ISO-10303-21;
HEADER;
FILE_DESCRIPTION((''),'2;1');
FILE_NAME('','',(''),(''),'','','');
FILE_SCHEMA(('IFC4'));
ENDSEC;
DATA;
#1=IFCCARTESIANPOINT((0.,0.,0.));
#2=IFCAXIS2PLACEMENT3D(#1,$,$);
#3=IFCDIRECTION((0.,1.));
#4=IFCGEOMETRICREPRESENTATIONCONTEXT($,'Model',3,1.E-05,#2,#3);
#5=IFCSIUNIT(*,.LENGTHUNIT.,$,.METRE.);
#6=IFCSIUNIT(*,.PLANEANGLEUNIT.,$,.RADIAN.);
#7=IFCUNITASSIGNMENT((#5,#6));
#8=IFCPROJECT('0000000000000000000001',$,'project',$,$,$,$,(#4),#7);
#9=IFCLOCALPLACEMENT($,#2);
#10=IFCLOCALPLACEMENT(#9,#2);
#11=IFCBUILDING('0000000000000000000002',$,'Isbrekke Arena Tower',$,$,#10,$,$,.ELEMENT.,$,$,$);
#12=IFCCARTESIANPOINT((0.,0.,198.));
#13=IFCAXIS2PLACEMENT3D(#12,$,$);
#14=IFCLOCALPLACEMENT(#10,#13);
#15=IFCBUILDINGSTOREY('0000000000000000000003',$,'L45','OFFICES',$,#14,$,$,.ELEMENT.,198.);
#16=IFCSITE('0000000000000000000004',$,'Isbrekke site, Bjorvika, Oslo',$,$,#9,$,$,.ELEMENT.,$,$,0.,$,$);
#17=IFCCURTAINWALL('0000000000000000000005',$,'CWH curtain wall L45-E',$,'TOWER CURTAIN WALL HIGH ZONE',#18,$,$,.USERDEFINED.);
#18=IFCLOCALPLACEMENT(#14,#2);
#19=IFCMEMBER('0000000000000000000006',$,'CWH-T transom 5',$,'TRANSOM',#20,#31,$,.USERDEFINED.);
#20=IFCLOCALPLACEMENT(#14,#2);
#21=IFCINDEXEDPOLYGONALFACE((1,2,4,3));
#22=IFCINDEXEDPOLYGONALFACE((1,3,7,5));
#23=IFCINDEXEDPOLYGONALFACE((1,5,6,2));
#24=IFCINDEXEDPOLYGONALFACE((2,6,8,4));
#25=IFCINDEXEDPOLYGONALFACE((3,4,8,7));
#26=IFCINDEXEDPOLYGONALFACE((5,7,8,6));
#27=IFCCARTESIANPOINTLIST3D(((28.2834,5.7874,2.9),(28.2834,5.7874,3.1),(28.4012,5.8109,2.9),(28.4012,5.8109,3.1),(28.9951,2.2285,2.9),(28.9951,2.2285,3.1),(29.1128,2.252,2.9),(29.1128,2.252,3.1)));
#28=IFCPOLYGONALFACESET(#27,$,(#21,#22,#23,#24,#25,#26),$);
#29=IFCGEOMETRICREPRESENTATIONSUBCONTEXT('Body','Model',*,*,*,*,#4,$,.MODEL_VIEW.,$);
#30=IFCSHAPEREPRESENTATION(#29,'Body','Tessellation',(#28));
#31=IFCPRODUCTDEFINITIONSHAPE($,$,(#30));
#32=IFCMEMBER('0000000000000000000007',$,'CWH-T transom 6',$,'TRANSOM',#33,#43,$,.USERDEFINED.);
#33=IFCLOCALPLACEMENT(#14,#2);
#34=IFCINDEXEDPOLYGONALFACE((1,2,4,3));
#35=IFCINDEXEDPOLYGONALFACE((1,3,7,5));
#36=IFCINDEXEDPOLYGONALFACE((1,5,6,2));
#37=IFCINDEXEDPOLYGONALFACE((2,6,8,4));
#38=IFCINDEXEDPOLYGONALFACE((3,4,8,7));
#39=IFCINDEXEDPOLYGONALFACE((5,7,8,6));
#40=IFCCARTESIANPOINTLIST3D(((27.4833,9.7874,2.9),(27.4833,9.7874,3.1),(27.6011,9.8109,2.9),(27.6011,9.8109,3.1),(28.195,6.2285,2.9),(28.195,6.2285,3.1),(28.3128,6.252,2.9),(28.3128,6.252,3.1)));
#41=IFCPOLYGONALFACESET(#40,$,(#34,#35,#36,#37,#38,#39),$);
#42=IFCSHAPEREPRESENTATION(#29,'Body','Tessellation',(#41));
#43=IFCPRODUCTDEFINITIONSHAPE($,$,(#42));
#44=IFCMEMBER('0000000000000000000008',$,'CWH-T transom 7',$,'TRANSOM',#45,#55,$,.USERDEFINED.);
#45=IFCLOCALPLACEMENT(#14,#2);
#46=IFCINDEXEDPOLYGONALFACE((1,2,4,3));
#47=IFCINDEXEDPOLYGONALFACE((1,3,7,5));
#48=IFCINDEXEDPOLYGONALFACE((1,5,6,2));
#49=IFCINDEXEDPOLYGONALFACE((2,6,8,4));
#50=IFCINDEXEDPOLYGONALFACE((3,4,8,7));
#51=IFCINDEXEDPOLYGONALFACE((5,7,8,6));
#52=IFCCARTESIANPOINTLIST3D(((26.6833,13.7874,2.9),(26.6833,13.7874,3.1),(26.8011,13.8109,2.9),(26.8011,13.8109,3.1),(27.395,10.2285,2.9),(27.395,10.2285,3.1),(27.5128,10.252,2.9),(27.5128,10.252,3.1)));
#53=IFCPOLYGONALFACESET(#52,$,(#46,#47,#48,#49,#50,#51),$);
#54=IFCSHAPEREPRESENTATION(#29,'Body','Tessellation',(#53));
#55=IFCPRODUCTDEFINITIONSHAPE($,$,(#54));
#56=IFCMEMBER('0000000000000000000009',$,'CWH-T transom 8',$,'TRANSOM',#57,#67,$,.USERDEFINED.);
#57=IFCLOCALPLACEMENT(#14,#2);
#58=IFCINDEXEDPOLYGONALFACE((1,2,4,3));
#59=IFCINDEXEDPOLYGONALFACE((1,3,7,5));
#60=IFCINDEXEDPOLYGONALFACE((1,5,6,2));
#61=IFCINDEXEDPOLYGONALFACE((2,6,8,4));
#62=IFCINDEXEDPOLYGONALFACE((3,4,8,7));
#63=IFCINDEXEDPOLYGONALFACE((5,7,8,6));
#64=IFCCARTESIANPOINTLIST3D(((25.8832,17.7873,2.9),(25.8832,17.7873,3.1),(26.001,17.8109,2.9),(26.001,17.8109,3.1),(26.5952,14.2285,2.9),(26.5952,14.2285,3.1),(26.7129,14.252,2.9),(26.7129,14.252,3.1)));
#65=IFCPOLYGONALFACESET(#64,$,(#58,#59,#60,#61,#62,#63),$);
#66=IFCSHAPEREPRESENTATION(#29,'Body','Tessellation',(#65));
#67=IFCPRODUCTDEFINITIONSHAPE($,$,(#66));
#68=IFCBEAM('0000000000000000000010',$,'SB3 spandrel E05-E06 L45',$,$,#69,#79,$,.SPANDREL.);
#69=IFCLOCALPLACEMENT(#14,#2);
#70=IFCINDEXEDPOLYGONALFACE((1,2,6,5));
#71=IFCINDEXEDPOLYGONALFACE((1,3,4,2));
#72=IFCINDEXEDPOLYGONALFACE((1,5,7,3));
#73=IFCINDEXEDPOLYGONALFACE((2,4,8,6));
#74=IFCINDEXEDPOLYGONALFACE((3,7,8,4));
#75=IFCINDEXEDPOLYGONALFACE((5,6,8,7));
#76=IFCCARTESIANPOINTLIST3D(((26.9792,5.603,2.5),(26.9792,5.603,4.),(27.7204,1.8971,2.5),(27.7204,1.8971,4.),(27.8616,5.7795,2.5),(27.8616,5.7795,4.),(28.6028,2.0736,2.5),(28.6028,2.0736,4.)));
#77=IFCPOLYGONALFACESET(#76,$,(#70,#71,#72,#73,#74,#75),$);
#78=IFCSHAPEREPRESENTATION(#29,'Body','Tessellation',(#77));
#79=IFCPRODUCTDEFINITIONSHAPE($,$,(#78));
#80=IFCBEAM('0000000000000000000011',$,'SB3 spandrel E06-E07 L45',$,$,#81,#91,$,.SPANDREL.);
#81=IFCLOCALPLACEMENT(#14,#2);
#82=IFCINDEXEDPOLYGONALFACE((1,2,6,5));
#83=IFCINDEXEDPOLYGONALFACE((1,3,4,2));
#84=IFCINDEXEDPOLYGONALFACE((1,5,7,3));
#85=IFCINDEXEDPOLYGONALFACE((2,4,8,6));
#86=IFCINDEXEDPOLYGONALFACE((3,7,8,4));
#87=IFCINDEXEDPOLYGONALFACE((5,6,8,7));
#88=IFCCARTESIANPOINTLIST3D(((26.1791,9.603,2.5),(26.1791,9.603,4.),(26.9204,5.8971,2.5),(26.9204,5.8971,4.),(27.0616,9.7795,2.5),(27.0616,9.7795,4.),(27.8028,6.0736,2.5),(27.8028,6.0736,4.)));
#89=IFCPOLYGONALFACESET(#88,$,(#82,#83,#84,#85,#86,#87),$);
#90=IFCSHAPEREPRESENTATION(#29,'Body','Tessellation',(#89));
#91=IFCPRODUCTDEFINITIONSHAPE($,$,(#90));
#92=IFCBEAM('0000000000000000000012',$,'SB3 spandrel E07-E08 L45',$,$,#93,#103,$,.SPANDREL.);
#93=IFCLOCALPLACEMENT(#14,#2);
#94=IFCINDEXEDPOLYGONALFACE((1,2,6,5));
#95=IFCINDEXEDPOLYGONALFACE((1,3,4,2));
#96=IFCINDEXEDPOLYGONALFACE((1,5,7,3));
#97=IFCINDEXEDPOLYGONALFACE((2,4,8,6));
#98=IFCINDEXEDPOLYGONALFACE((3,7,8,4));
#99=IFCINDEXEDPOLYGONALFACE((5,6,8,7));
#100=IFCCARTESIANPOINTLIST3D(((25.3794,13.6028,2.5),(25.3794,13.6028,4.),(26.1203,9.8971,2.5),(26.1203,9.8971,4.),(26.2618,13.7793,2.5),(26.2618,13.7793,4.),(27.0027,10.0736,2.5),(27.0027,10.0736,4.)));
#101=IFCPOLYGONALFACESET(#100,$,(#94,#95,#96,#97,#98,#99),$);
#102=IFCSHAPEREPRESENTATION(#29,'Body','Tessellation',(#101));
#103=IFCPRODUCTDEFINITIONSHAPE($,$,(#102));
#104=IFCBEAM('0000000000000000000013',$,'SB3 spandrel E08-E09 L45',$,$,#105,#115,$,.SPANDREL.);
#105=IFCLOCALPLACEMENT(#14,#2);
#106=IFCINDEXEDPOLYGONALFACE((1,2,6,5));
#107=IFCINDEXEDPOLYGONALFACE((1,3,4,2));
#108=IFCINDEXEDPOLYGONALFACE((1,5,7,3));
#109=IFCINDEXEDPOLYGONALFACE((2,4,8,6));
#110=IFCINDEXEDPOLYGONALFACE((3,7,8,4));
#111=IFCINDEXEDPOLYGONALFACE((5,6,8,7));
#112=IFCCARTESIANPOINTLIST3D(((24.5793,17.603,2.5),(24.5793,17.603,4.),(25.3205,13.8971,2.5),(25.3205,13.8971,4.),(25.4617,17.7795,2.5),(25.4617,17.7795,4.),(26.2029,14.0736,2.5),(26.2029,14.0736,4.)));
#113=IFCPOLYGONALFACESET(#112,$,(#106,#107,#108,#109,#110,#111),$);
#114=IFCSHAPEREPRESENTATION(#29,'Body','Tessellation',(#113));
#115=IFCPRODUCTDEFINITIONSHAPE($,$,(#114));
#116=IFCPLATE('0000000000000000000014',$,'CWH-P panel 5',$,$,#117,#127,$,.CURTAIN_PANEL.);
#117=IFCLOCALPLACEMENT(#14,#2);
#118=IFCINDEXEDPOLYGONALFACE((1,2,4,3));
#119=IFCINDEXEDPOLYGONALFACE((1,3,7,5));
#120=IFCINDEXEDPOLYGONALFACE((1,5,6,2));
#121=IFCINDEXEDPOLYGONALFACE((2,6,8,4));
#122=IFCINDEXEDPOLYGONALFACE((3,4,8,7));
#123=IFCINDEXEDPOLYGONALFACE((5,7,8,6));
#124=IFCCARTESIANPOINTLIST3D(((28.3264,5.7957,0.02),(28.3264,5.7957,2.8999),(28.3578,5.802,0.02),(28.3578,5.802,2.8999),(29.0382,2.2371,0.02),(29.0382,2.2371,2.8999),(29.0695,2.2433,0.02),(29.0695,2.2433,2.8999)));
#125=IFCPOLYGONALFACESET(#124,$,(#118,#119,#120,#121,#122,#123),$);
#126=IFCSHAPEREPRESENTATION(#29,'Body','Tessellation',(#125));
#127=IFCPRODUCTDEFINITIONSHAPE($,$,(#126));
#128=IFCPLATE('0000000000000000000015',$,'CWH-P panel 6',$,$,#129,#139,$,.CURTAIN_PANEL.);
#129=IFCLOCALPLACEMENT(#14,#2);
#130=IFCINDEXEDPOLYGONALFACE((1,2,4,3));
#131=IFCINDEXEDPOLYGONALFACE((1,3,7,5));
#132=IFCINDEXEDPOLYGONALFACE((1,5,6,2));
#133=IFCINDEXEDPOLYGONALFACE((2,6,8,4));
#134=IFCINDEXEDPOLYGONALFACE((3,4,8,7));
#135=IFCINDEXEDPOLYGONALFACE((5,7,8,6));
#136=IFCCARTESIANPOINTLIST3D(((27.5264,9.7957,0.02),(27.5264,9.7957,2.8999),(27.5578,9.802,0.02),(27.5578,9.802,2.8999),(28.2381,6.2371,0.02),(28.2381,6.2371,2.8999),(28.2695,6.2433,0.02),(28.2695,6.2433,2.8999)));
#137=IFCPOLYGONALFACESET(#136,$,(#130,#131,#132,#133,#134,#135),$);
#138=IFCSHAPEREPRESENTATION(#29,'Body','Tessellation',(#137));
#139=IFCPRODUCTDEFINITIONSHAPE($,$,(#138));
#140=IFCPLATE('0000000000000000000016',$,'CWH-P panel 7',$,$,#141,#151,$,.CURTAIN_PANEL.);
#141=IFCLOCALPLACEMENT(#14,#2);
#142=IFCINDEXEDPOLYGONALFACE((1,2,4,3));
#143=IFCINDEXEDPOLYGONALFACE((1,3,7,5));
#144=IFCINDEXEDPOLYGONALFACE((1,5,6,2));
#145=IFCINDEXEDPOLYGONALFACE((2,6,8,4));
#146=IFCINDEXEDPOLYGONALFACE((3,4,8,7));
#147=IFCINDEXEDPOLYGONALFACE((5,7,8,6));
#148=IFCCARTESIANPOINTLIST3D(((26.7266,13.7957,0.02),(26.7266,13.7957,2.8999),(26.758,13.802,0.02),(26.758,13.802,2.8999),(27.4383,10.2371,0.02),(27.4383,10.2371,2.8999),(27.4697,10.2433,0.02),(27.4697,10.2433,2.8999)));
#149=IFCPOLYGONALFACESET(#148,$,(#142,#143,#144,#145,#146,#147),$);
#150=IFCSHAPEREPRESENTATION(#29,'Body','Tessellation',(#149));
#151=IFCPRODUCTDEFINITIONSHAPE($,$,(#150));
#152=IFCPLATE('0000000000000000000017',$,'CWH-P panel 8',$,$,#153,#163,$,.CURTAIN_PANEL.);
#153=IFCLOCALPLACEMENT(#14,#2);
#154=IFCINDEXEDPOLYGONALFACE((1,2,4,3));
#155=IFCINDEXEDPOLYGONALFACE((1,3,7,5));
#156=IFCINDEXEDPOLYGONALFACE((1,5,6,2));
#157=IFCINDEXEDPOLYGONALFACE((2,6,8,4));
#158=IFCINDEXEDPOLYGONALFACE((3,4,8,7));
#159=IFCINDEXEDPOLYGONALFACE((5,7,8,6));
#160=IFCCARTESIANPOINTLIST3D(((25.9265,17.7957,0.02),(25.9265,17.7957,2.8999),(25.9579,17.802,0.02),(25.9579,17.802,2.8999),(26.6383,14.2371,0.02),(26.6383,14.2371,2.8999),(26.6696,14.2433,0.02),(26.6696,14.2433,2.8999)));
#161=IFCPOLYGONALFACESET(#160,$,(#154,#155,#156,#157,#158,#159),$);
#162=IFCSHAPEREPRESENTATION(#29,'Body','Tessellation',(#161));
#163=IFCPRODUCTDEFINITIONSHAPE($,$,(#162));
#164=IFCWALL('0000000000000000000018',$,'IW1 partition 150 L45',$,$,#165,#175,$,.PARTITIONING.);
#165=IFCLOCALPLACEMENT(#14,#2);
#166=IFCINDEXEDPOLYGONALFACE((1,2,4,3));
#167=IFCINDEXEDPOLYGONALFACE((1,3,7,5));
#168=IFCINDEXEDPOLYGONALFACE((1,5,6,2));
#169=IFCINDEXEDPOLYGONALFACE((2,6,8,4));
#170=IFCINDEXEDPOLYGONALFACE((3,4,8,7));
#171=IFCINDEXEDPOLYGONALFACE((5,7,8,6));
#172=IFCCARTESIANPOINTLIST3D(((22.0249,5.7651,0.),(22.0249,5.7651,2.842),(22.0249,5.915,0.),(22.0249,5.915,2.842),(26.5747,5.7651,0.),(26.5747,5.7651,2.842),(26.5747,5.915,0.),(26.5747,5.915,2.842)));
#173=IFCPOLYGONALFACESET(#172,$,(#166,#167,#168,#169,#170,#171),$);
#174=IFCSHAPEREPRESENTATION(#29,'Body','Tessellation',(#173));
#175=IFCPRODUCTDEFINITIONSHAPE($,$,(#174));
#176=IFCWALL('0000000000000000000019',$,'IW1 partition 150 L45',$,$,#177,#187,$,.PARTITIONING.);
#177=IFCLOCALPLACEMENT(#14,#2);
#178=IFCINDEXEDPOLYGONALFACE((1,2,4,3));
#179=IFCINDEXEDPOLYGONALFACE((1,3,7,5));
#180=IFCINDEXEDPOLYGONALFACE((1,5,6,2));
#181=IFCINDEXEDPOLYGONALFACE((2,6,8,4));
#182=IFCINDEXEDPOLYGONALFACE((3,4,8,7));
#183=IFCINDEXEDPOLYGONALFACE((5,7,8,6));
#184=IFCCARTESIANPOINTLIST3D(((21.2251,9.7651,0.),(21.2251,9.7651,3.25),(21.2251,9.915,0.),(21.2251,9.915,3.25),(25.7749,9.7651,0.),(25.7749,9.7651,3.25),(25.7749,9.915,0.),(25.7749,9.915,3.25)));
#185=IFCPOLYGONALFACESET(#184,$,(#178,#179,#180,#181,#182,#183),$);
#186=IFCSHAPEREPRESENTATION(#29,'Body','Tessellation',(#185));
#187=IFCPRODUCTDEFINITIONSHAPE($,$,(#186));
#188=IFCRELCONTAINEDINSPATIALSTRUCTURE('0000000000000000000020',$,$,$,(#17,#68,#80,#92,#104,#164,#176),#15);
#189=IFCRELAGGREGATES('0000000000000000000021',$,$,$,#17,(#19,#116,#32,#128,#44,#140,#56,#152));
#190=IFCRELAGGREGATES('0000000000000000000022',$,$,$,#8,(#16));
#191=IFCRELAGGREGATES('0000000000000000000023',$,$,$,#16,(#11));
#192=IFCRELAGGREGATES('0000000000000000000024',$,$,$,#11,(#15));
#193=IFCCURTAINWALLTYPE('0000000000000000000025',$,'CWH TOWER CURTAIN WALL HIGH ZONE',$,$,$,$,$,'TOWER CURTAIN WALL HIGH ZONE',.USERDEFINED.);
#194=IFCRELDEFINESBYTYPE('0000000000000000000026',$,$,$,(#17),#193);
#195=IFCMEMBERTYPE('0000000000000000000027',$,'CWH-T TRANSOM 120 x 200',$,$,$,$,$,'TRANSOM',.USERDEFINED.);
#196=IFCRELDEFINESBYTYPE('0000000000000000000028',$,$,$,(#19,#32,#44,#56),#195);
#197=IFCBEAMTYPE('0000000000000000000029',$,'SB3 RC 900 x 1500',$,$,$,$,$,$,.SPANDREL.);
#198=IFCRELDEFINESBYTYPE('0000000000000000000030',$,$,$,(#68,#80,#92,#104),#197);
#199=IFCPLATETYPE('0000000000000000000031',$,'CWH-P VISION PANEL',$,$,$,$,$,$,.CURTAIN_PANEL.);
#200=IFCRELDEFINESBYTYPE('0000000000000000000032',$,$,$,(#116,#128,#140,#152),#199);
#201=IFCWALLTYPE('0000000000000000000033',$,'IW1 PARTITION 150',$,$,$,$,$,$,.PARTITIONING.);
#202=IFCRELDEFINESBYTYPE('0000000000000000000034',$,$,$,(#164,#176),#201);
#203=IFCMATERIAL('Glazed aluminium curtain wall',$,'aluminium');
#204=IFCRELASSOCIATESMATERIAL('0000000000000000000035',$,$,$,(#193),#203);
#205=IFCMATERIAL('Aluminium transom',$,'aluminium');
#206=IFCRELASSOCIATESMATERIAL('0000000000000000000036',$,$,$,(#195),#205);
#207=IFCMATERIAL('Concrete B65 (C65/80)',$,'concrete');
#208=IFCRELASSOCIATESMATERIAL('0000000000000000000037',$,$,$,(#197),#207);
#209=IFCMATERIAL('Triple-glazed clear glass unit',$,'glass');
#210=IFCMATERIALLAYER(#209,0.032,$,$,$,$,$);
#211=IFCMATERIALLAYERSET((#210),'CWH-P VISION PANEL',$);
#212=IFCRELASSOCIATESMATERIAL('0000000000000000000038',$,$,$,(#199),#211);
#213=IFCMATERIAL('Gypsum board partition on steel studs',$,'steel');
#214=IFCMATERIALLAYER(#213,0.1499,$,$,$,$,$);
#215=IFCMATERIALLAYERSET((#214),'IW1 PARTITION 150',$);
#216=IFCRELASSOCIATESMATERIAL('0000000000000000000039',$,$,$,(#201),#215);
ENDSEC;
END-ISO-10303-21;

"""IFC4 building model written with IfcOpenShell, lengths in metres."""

from ifc_helpers import new_model, si_unit, direction, frame, frame_2d, origin, origin_2d, place, context, subcontext, project, spatial, rectangle, extrude, material, layer, layer_set, material_profile, profile_set, type_object, element, aggregate, save


model = new_model("IFC4")

# Units and contexts
model_context = context("Model", 3, precision=1e-05, world=origin(), true_north=direction((0.0, 1.0)))
body_context = subcontext(model_context, "Body", "Model", "MODEL_VIEW")
ifc_project = project(units=[si_unit("LENGTHUNIT", "METRE"), si_unit("PLANEANGLEUNIT", "RADIAN")], contexts=[model_context])

# Site, building, storey
site_placement = place(None, origin())
site = spatial("IfcSite", under=ifc_project, at=site_placement, Name="Isbrekke site, Bjorvika, Oslo", CompositionType="ELEMENT", RefElevation=0.0)
building_placement = place(site_placement, origin())
building = spatial("IfcBuilding", under=site, at=building_placement, Name="Isbrekke Arena Tower", CompositionType="ELEMENT")
storey_placement = place(building_placement, frame((0.0, 0.0, 198.0)))
storey = spatial("IfcBuildingStorey", under=building, at=storey_placement, Name="L45", Description="OFFICES", CompositionType="ELEMENT", Elevation=198.0)

# Curtain wall, members
ifc_material_1 = material(Name="Glazed aluminium curtain wall", Category="aluminium")
curtain_wall_type = type_object("IfcCurtainWallType", Name="CWH TOWER CURTAIN WALL HIGH ZONE", ElementType="TOWER CURTAIN WALL HIGH ZONE", PredefinedType="USERDEFINED", material=ifc_material_1)
curtain_wall_placement = place(storey_placement, origin())
curtain_wall = element("IfcCurtainWall", 1, at=curtain_wall_placement, inside=storey, type_object=curtain_wall_type, Name="CWH curtain wall L45-E", ObjectType="TOWER CURTAIN WALL HIGH ZONE", PredefinedType="USERDEFINED")
ifc_material_2 = material(Name="Aluminium transom", Category="aluminium")
ifc_material_profile_1 = material_profile(ifc_material_2, rectangle(XDim=0.1201, YDim=0.2, at=origin_2d()), Name="TRANSOM 120X200")
ifc_profile_set_1 = profile_set([ifc_material_profile_1], Name="Aluminium transom")
member_type_1 = type_object("IfcMemberType", Name="CWH-T TRANSOM 120 x 200", ElementType="TRANSOM", PredefinedType="USERDEFINED", material=ifc_profile_set_1)
member_1_placement = place(storey_placement, frame((29.054, 2.2402, 3.0), z_axis=(-0.19609, 0.980586, 0.0), x_axis=(-0.980586, -0.19609, 0.0)))
member_1 = element("IfcMember", 2, at=member_1_placement, type_object=member_type_1, Name="CWH-T transom 5", ObjectType="TRANSOM", PredefinedType="USERDEFINED", context=body_context, shape_type="SweptSolid", body=[
    extrude(rectangle(XDim=0.1201, YDim=0.2, at=origin_2d()), origin(), (0.0, 0.0, 1.0), 3.6294),
])
member_2_placement = place(storey_placement, frame((28.2539, 6.2402, 3.0), z_axis=(-0.19609, 0.980586, 0.0), x_axis=(-0.980586, -0.19609, 0.0)))
member_2 = element("IfcMember", 3, at=member_2_placement, type_object=member_type_1, Name="CWH-T transom 6", ObjectType="TRANSOM", PredefinedType="USERDEFINED", context=body_context, shape_type="SweptSolid", body=[
    extrude(rectangle(XDim=0.1201, YDim=0.2, at=origin_2d()), origin(), (0.0, 0.0, 1.0), 3.6294),
])
member_3_placement = place(storey_placement, frame((27.4539, 10.2402, 3.0), z_axis=(-0.19609, 0.980586, 0.0), x_axis=(-0.980586, -0.19609, 0.0)))
member_3 = element("IfcMember", 4, at=member_3_placement, type_object=member_type_1, Name="CWH-T transom 7", ObjectType="TRANSOM", PredefinedType="USERDEFINED", context=body_context, shape_type="SweptSolid", body=[
    extrude(rectangle(XDim=0.1201, YDim=0.2, at=origin_2d()), origin(), (0.0, 0.0, 1.0), 3.6294),
])
member_4_placement = place(storey_placement, frame((26.6541, 14.2402, 3.0), z_axis=(-0.196155, 0.980573, 0.0), x_axis=(-0.980573, -0.196155, 0.0)))
member_4 = element("IfcMember", 5, at=member_4_placement, type_object=member_type_1, Name="CWH-T transom 8", ObjectType="TRANSOM", PredefinedType="USERDEFINED", context=body_context, shape_type="SweptSolid", body=[
    extrude(rectangle(XDim=0.1201, YDim=0.2, at=origin_2d()), origin(), (0.0, 0.0, 1.0), 3.6294),
])

# Beams
ifc_material_3 = material(Name="Concrete B65 (C65/80)", Category="concrete")
ifc_material_profile_2 = material_profile(ifc_material_3, rectangle(XDim=0.8999, YDim=1.5, at=origin_2d()), Name="RC 900x1500")
ifc_profile_set_2 = profile_set([ifc_material_profile_2], Name="Concrete B65 (C65/80)")
beam_type_1 = type_object("IfcBeamType", Name="SB3 RC 900 x 1500", PredefinedType="SPANDREL", material=ifc_profile_set_2)
for number, where, z_axis, x_axis, name in (
    (6, (28.1616, 1.9854, 3.25), (-0.196129, 0.980578, 0.0), (-0.980578, -0.196129, 0.0), "SB3 spandrel E05-E06 L45"),
    (7, (27.3616, 5.9854, 3.25), (-0.196129, 0.980578, 0.0), (-0.980578, -0.196129, 0.0), "SB3 spandrel E06-E07 L45"),
):
    element("IfcBeam", number, at=place(storey_placement, frame(where, z_axis=z_axis, x_axis=x_axis)), inside=storey, type_object=beam_type_1, Name=name, PredefinedType="SPANDREL", context=body_context, shape_type="SweptSolid", body=[
        extrude(rectangle(XDim=0.8999, YDim=1.5, at=origin_2d()), origin(), (0.0, 0.0, 1.0), 3.7793),
    ])
beam_1_placement = place(storey_placement, frame((26.5615, 9.9854, 3.25), z_axis=(-0.196066, 0.980591, 0.0), x_axis=(-0.980591, -0.196066, 0.0)))
element("IfcBeam", 8, at=beam_1_placement, inside=storey, type_object=beam_type_1, Name="SB3 spandrel E07-E08 L45", PredefinedType="SPANDREL", context=body_context, shape_type="SweptSolid", body=[
    extrude(rectangle(XDim=0.8999, YDim=1.5, at=origin_2d()), origin(), (0.0, 0.0, 1.0), 3.7791),
])
beam_2_placement = place(storey_placement, frame((25.7617, 13.9854, 3.25), z_axis=(-0.196129, 0.980578, 0.0), x_axis=(-0.980578, -0.196129, 0.0)))
element("IfcBeam", 9, at=beam_2_placement, inside=storey, type_object=beam_type_1, Name="SB3 spandrel E08-E09 L45", PredefinedType="SPANDREL", context=body_context, shape_type="SweptSolid", body=[
    extrude(rectangle(XDim=0.8999, YDim=1.5, at=origin_2d()), origin(), (0.0, 0.0, 1.0), 3.7793),
])

# Plates
ifc_material_4 = material(Name="Triple-glazed clear glass unit", Category="glass")
ifc_layer_1 = layer(ifc_material_4, 0.032)
ifc_layer_set_1 = layer_set([ifc_layer_1], Name="CWH-P VISION PANEL")
plate_type = type_object("IfcPlateType", Name="CWH-P VISION PANEL", PredefinedType="CURTAIN_PANEL", material=ifc_layer_set_1)
plate_1_placement = place(storey_placement, frame((28.698, 4.0195, 0.02), z_axis=(0.0, 0.0, 1.0), x_axis=(-0.196116, 0.980581, 0.0)))
plate_1 = element("IfcPlate", 10, at=plate_1_placement, type_object=plate_type, Name="CWH-P panel 5", PredefinedType="CURTAIN_PANEL", context=body_context, shape_type="SweptSolid", body=[
    extrude(rectangle(XDim=3.6292, YDim=0.032, at=origin_2d()), origin(), (0.0, 0.0, 1.0), 2.8799),
])
plate_2_placement = place(storey_placement, frame((27.8979, 8.0195, 0.02), z_axis=(0.0, 0.0, 1.0), x_axis=(-0.196116, 0.980581, 0.0)))
plate_2 = element("IfcPlate", 11, at=plate_2_placement, type_object=plate_type, Name="CWH-P panel 6", PredefinedType="CURTAIN_PANEL", context=body_context, shape_type="SweptSolid", body=[
    extrude(rectangle(XDim=3.6292, YDim=0.032, at=origin_2d()), origin(), (0.0, 0.0, 1.0), 2.8799),
])
plate_3_placement = place(storey_placement, frame((27.0981, 12.0195, 0.02), z_axis=(0.0, 0.0, 1.0), x_axis=(-0.196116, 0.980581, 0.0)))
plate_3 = element("IfcPlate", 12, at=plate_3_placement, type_object=plate_type, Name="CWH-P panel 7", PredefinedType="CURTAIN_PANEL", context=body_context, shape_type="SweptSolid", body=[
    extrude(rectangle(XDim=3.6292, YDim=0.032, at=origin_2d()), origin(), (0.0, 0.0, 1.0), 2.8799),
])
plate_4_placement = place(storey_placement, frame((26.2981, 16.0195, 0.02), z_axis=(0.0, 0.0, 1.0), x_axis=(-0.196116, 0.980581, 0.0)))
plate_4 = element("IfcPlate", 13, at=plate_4_placement, type_object=plate_type, Name="CWH-P panel 8", PredefinedType="CURTAIN_PANEL", context=body_context, shape_type="SweptSolid", body=[
    extrude(rectangle(XDim=3.6292, YDim=0.032, at=origin_2d()), origin(), (0.0, 0.0, 1.0), 2.8799),
])
aggregate(curtain_wall, [member_1, plate_1, member_2, plate_2, member_3, plate_3, member_4, plate_4])

# Walls
ifc_material_5 = material(Name="Gypsum board partition on steel studs", Category="steel")
ifc_layer_2 = layer(ifc_material_5, 0.1499)
ifc_layer_set_2 = layer_set([ifc_layer_2], Name="IW1 PARTITION 150")
wall_type = type_object("IfcWallType", Name="IW1 PARTITION 150", PredefinedType="PARTITIONING", material=ifc_layer_set_2)
wall_1_placement = place(storey_placement, frame((22.0249, 5.8401, 0.0), z_axis=(0.0, 0.0, 1.0), x_axis=(1.0, 0.0, 0.0)))
element("IfcWall", 14, at=wall_1_placement, inside=storey, type_object=wall_type, Name="IW1 partition 150 L45", PredefinedType="PARTITIONING", context=body_context, shape_type="SweptSolid", body=[
    extrude(rectangle(XDim=4.5498, YDim=0.1499, at=frame_2d((2.2749, 0.0))), origin(), (0.0, 0.0, 1.0), 2.842),
])
for number, where, z_axis, x_axis, name in (
    (15, (21.2251, 9.8401, 0.0), (0.0, 0.0, 1.0), (1.0, 0.0, 0.0), "IW1 partition 150 L45"),
):
    element("IfcWall", number, at=place(storey_placement, frame(where, z_axis=z_axis, x_axis=x_axis)), inside=storey, type_object=wall_type, Name=name, PredefinedType="PARTITIONING", context=body_context, shape_type="SweptSolid", body=[
        extrude(rectangle(XDim=4.5498, YDim=0.1499, at=frame_2d((2.2749, 0.0))), origin(), (0.0, 0.0, 1.0), 3.25),
    ])

save(model, "model.ifc")
